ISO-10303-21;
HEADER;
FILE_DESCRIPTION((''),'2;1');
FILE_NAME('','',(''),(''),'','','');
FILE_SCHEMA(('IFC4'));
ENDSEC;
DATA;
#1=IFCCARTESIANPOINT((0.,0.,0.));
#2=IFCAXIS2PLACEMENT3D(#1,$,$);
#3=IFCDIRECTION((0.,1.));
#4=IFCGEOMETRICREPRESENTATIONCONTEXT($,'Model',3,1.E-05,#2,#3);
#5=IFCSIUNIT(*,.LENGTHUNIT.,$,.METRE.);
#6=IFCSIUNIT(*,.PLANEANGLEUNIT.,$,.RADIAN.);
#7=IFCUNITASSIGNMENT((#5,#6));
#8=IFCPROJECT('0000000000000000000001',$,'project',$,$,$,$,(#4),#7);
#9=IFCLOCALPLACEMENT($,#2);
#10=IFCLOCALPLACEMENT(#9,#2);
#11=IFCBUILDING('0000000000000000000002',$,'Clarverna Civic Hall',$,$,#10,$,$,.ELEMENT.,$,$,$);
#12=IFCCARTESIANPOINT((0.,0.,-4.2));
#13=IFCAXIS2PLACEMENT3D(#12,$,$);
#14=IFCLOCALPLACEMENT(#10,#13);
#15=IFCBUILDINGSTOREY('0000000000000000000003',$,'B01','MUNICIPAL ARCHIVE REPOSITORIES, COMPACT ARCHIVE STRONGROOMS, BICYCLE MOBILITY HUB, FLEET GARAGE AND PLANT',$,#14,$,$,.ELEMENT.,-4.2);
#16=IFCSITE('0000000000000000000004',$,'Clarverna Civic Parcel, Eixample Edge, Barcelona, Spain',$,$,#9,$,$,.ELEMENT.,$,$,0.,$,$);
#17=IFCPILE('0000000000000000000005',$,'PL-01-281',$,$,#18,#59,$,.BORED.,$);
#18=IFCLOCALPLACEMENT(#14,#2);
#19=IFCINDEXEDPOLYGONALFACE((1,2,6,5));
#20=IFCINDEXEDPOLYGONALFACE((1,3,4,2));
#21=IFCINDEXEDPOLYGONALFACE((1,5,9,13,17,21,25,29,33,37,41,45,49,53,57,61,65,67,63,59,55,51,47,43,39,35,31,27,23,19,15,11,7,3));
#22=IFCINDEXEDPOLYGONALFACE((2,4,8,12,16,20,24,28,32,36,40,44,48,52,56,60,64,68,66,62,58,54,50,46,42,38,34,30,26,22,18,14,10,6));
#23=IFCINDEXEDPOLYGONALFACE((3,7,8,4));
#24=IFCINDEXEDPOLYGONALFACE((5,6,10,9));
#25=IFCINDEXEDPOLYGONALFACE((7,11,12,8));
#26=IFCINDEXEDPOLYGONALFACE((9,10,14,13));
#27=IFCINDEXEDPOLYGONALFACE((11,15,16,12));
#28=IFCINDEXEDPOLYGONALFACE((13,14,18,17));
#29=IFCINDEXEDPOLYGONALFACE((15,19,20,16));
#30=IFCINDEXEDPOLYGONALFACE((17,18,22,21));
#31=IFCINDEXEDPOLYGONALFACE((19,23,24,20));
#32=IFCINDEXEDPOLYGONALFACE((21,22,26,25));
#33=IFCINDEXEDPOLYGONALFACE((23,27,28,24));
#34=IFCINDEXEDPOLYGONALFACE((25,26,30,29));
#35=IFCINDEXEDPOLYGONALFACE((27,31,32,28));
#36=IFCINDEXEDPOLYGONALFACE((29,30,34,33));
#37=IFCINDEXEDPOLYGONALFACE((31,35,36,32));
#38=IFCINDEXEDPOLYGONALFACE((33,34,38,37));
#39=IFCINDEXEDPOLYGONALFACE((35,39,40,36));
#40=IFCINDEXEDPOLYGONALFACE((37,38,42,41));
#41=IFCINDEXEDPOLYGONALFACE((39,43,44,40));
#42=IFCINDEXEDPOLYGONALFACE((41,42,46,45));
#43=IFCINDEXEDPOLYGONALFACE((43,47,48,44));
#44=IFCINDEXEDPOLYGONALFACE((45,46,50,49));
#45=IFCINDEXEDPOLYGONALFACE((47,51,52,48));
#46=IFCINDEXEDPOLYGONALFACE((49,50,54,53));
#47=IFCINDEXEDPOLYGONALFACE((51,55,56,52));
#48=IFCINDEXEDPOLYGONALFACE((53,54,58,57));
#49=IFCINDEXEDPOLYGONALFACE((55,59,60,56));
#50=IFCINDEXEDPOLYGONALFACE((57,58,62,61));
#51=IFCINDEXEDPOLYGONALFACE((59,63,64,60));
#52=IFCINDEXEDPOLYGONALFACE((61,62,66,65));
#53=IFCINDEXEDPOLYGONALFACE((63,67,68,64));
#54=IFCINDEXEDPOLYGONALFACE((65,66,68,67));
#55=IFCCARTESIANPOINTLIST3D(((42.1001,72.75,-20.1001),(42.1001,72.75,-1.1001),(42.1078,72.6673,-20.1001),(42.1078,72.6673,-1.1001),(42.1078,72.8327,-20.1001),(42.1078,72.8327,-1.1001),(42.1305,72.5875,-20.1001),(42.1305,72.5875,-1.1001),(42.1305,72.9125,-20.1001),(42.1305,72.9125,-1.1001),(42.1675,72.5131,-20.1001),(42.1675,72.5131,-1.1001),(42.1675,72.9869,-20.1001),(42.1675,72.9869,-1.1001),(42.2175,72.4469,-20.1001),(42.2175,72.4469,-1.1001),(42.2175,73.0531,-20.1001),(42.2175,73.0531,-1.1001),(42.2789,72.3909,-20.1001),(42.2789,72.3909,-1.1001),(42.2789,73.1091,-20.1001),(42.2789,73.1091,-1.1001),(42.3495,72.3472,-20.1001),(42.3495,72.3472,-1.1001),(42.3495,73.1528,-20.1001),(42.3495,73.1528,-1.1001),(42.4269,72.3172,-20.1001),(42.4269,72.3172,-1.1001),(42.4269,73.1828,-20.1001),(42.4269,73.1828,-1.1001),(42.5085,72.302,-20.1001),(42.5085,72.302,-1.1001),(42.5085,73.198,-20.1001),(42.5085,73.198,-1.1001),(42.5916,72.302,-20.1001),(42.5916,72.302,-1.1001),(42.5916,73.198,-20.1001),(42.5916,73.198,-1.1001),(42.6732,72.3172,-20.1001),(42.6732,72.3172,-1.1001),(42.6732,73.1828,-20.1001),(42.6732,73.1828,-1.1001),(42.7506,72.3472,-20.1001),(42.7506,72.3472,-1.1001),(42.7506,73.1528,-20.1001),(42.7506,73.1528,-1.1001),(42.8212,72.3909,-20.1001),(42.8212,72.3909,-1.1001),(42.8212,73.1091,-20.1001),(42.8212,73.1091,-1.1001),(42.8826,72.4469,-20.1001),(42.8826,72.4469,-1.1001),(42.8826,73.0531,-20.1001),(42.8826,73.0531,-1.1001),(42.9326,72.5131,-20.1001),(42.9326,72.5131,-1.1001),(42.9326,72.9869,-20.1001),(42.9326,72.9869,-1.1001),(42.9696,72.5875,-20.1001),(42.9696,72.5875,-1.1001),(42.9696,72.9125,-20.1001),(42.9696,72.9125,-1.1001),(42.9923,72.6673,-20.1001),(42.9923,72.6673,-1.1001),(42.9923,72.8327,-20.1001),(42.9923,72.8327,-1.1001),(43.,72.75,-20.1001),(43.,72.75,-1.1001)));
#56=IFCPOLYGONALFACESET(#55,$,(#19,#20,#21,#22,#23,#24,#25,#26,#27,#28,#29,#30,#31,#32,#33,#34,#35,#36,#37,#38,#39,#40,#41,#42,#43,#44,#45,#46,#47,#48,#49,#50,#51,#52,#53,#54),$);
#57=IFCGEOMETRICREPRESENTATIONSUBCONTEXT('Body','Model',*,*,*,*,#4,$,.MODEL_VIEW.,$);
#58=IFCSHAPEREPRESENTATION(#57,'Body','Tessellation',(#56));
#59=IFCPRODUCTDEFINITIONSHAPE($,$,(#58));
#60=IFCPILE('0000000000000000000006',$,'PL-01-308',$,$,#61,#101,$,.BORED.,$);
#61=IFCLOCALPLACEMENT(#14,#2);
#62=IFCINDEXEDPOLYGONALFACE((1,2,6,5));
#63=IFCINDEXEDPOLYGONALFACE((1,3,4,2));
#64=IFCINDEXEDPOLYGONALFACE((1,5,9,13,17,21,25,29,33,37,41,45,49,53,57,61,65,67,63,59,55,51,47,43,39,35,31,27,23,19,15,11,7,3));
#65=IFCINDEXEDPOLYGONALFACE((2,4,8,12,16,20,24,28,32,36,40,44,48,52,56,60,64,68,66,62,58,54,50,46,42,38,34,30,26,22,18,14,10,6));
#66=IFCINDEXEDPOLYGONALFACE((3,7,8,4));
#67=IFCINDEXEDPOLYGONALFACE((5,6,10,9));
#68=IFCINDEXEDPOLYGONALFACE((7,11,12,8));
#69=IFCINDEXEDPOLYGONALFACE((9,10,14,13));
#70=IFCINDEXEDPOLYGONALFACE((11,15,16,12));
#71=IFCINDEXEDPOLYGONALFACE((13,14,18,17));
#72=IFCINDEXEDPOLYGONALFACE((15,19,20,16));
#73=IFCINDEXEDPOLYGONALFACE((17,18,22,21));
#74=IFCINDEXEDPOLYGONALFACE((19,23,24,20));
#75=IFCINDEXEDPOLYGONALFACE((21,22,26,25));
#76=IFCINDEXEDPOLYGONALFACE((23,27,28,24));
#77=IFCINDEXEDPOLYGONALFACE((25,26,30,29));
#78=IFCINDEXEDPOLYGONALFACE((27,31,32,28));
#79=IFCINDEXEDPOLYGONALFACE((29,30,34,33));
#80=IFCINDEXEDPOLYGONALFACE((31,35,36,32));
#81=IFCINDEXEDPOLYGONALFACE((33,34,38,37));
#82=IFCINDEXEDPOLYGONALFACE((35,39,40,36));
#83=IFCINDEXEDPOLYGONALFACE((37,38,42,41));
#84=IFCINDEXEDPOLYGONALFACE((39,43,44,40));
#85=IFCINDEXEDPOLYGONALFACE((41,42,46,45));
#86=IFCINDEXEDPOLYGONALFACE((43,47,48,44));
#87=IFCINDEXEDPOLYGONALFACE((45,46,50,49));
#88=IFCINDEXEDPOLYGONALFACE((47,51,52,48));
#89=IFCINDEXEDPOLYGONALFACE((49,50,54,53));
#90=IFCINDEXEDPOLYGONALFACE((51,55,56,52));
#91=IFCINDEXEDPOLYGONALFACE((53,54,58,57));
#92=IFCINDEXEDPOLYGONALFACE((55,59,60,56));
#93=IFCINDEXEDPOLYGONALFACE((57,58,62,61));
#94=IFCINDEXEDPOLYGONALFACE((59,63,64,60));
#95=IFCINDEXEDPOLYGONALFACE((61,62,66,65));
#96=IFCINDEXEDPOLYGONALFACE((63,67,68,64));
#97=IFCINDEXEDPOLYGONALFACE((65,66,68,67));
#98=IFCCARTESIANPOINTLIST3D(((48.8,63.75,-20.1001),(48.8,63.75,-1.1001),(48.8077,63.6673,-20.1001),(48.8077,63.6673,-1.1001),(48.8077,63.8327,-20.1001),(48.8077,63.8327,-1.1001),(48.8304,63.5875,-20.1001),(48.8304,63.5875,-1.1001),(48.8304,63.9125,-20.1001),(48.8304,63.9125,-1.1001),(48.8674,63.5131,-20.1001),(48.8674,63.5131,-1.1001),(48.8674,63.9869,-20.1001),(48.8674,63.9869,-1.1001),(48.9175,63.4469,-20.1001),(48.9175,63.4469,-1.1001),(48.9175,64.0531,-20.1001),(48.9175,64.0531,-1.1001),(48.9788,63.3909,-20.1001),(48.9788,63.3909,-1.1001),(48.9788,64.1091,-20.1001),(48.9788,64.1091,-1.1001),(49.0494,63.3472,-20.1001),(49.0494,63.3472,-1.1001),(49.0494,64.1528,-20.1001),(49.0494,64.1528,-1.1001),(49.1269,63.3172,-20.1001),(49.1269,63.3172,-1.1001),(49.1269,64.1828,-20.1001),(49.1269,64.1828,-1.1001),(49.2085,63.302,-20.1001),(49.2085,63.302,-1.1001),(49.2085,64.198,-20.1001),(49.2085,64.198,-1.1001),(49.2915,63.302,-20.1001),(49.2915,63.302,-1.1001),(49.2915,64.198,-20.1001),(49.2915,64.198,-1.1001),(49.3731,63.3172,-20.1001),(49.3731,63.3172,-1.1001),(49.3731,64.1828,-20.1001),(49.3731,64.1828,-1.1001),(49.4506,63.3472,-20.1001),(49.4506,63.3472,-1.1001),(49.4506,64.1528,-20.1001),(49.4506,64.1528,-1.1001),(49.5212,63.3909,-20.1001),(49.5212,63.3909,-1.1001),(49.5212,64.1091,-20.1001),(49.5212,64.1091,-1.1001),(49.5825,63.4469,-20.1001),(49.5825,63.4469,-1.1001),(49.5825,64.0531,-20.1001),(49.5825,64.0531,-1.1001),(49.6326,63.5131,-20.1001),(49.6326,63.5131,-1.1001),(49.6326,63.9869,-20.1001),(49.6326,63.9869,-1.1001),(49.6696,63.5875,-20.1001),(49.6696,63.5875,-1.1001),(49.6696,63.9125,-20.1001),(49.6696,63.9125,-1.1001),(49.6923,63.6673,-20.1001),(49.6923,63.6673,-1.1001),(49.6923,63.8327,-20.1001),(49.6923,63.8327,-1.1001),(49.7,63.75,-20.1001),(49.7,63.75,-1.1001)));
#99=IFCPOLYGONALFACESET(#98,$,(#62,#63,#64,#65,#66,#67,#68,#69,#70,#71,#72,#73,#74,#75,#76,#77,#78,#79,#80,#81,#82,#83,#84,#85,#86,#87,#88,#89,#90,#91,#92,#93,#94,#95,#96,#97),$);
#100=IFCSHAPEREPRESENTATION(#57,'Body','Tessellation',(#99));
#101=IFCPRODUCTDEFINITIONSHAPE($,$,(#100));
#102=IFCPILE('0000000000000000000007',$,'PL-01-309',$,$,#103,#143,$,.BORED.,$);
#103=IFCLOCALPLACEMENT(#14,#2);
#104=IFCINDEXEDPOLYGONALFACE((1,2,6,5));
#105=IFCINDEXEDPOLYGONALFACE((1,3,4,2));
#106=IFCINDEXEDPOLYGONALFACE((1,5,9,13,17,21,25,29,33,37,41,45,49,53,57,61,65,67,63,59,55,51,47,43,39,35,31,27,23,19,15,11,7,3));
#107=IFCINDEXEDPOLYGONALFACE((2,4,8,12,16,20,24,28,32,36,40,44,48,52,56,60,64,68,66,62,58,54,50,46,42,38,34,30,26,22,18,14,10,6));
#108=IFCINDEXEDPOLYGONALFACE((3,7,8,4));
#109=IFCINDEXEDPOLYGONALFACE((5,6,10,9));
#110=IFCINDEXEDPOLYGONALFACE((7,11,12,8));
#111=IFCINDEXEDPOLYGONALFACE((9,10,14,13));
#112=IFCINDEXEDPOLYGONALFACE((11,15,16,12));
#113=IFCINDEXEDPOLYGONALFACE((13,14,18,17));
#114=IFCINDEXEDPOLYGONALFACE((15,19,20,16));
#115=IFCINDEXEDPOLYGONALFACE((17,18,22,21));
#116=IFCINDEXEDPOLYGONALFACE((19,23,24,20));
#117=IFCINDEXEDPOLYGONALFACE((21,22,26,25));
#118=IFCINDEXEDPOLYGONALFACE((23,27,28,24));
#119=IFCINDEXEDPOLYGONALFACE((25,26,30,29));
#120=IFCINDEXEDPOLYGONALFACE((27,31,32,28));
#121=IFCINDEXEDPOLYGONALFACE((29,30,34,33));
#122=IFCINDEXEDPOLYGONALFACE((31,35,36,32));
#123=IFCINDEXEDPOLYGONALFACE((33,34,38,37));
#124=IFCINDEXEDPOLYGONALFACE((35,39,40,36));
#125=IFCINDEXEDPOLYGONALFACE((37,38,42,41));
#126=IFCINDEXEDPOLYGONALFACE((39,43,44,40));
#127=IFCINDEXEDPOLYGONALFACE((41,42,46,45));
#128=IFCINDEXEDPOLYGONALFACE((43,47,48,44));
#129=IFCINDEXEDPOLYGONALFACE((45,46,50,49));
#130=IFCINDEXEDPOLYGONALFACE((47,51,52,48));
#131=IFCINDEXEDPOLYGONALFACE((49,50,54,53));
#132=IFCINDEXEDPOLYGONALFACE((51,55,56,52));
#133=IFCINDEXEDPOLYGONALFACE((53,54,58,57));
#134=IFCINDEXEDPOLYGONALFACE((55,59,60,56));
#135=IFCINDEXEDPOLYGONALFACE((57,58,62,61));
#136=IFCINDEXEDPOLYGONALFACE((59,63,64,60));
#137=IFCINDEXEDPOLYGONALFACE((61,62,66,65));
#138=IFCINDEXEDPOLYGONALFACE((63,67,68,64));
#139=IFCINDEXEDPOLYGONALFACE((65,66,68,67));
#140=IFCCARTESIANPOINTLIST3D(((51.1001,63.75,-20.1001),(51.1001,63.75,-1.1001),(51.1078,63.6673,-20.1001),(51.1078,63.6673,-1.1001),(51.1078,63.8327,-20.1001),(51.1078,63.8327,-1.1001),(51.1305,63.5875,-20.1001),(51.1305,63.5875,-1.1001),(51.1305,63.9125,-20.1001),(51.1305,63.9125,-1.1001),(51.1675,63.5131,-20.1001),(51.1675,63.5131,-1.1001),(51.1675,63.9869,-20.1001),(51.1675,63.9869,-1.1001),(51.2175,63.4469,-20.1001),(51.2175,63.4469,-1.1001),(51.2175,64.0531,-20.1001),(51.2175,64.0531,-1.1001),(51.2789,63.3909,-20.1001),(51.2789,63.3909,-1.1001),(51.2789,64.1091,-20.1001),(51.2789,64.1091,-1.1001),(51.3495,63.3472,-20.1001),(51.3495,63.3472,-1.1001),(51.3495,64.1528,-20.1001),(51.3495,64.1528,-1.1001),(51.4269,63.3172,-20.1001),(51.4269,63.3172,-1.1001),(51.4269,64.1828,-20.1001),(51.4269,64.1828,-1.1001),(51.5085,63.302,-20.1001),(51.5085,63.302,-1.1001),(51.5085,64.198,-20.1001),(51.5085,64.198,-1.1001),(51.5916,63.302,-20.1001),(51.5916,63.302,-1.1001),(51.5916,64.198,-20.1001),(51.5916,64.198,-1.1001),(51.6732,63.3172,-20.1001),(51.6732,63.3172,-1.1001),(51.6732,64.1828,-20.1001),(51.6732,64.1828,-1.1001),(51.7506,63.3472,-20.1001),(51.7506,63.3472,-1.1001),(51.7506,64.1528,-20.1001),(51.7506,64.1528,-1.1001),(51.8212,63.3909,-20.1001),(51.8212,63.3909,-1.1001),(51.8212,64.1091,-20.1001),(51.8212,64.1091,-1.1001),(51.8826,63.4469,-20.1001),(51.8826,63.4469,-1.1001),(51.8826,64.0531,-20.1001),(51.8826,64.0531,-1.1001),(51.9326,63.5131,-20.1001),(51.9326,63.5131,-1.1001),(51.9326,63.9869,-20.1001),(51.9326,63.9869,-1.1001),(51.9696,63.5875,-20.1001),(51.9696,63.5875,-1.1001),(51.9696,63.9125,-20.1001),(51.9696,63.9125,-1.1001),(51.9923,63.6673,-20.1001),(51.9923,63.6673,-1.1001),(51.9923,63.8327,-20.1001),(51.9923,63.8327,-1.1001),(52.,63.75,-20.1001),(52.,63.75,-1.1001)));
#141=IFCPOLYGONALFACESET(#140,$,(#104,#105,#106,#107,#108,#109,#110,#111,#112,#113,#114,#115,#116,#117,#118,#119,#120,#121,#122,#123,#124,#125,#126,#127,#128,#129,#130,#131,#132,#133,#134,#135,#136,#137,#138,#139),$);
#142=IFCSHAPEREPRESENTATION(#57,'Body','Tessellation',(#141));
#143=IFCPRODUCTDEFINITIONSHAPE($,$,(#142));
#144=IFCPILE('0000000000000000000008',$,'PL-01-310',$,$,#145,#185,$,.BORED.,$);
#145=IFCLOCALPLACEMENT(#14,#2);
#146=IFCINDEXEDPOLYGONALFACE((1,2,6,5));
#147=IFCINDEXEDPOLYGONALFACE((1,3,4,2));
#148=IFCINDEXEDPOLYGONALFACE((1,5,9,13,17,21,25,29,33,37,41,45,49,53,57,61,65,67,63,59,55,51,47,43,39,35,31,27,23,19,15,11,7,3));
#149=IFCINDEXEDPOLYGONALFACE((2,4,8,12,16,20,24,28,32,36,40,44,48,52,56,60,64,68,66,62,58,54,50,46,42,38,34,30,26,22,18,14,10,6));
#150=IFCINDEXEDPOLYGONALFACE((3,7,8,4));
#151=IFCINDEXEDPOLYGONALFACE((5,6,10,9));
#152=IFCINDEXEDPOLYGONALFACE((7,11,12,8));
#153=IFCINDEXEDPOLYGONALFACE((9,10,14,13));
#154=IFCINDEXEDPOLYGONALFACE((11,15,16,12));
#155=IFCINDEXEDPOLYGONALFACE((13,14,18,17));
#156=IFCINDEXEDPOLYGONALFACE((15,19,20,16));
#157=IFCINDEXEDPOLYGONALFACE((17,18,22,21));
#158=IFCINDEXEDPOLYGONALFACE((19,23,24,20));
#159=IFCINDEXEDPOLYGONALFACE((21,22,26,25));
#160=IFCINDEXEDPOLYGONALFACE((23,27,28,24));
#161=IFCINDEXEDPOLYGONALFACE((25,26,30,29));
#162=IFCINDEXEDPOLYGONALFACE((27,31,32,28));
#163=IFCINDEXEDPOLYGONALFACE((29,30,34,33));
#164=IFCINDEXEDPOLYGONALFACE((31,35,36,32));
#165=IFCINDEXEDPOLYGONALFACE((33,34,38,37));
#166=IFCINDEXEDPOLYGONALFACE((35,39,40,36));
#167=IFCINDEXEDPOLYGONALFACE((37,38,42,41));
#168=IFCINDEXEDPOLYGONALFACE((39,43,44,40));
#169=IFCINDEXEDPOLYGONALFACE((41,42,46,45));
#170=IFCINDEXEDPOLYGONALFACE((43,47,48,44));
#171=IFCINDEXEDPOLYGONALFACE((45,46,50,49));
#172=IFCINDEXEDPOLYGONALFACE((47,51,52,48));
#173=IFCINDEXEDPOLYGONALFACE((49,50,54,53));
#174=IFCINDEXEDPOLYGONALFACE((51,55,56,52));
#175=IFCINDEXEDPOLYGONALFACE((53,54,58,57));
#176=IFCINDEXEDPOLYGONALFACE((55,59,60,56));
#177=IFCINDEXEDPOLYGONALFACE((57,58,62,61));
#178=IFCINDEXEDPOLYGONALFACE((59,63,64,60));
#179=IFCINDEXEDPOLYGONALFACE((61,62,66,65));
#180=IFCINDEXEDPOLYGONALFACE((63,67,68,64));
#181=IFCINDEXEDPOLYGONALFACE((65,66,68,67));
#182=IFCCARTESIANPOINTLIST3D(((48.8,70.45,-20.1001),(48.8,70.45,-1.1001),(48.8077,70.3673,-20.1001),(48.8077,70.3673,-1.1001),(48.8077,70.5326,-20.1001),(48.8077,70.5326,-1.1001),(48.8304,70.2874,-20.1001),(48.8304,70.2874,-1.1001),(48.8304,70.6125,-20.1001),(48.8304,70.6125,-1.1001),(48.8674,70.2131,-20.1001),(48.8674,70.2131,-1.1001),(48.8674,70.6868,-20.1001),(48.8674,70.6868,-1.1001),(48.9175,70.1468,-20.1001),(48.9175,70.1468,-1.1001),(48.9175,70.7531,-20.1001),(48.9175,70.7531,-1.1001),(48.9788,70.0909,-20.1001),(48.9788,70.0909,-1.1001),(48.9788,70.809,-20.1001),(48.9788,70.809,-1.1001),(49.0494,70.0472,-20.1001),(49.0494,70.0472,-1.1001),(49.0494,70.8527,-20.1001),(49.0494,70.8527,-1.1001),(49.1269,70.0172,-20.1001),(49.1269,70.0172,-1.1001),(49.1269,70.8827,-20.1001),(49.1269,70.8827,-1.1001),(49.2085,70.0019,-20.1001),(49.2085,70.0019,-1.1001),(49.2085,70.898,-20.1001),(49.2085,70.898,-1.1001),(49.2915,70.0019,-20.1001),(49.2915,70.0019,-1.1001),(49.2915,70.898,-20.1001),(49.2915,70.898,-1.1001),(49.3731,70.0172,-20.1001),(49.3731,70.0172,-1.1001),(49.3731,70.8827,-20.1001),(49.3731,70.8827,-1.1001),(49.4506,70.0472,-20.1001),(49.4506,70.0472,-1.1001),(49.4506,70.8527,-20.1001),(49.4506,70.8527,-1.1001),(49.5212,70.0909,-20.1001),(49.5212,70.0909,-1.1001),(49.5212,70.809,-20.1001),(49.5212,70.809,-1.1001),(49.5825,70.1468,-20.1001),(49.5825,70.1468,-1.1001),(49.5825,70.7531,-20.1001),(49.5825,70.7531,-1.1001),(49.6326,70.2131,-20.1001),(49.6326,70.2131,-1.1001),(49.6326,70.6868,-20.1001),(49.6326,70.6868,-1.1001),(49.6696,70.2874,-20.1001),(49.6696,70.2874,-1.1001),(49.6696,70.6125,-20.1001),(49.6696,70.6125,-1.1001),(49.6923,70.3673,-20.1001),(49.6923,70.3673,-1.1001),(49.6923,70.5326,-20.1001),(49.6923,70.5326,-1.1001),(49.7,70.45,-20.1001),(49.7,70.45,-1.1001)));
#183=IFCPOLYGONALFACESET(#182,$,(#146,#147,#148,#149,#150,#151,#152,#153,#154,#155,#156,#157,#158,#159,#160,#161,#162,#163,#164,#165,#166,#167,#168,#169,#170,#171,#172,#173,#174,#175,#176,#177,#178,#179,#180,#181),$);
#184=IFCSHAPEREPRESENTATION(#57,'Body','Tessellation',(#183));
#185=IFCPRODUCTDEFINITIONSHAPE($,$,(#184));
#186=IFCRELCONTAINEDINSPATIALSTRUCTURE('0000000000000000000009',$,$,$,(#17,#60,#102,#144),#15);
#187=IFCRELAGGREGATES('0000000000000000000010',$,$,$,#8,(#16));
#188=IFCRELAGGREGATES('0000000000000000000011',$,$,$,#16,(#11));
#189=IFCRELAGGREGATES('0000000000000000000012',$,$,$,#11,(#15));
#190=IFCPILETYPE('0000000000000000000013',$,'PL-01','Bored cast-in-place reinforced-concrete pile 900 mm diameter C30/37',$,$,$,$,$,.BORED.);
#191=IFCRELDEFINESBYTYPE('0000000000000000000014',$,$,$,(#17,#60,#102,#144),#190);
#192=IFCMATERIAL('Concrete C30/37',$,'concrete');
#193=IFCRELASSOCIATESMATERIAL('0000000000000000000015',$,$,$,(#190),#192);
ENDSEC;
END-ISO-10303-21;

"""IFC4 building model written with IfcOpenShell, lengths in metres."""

from ifc_helpers import new_model, si_unit, direction, frame, origin, origin_2d, place, context, subcontext, project, spatial, circle, extrude, material, material_profile, profile_set, type_object, element, save


model = new_model("IFC4")

# Units and contexts
model_context = context("Model", 3, precision=1e-05, world=origin(), true_north=direction((0.0, 1.0)))
body_context = subcontext(model_context, "Body", "Model", "MODEL_VIEW")
ifc_project = project(units=[si_unit("LENGTHUNIT", "METRE"), si_unit("PLANEANGLEUNIT", "RADIAN")], contexts=[model_context])

# Site, building, storey
site_placement = place(None, origin())
site = spatial("IfcSite", under=ifc_project, at=site_placement, Name="Clarverna Civic Parcel, Eixample Edge, Barcelona, Spain", CompositionType="ELEMENT", RefElevation=0.0)
building_placement = place(site_placement, origin())
building = spatial("IfcBuilding", under=site, at=building_placement, Name="Clarverna Civic Hall", CompositionType="ELEMENT")
storey_placement = place(building_placement, frame((0.0, 0.0, -4.2)))
storey = spatial("IfcBuildingStorey", under=building, at=storey_placement, Name="B01", Description="MUNICIPAL ARCHIVE REPOSITORIES, COMPACT ARCHIVE STRONGROOMS, BICYCLE MOBILITY HUB, FLEET GARAGE AND PLANT", CompositionType="ELEMENT", Elevation=-4.2)

# Shared definitions
ifc_material_1 = material(Name="Concrete C30/37", Category="concrete")

# Piles
ifc_material_profile_1 = material_profile(ifc_material_1, circle(Radius=0.45, at=origin_2d()), Name="BORED PILE D900")
ifc_profile_set_1 = profile_set([ifc_material_profile_1], Name="Concrete C30/37")
pile_type = type_object("IfcPileType", Name="PL-01", Description="Bored cast-in-place reinforced-concrete pile 900 mm diameter C30/37", PredefinedType="BORED", material=ifc_profile_set_1)
for number, where, z_axis, x_axis, name in (
    (1, (42.55, 72.75, -1.1001), (0.0, 0.0, -1.0), (1.0, 0.0, 0.0), "PL-01-281"),
    (2, (49.25, 63.75, -1.1001), (0.0, 0.0, -1.0), (1.0, 0.0, 0.0), "PL-01-308"),
    (3, (51.55, 63.75, -1.1001), (0.0, 0.0, -1.0), (1.0, 0.0, 0.0), "PL-01-309"),
    (4, (49.25, 70.45, -1.1001), (0.0, 0.0, -1.0), (1.0, 0.0, 0.0), "PL-01-310"),
):
    element("IfcPile", number, at=place(storey_placement, frame(where, z_axis=z_axis, x_axis=x_axis)), inside=storey, type_object=pile_type, Name=name, PredefinedType="BORED", context=body_context, shape_type="SweptSolid", body=[
        extrude(circle(Radius=0.45, at=origin_2d()), origin(), (0.0, 0.0, 1.0), 19.0),
    ])

save(model, "model.ifc")
